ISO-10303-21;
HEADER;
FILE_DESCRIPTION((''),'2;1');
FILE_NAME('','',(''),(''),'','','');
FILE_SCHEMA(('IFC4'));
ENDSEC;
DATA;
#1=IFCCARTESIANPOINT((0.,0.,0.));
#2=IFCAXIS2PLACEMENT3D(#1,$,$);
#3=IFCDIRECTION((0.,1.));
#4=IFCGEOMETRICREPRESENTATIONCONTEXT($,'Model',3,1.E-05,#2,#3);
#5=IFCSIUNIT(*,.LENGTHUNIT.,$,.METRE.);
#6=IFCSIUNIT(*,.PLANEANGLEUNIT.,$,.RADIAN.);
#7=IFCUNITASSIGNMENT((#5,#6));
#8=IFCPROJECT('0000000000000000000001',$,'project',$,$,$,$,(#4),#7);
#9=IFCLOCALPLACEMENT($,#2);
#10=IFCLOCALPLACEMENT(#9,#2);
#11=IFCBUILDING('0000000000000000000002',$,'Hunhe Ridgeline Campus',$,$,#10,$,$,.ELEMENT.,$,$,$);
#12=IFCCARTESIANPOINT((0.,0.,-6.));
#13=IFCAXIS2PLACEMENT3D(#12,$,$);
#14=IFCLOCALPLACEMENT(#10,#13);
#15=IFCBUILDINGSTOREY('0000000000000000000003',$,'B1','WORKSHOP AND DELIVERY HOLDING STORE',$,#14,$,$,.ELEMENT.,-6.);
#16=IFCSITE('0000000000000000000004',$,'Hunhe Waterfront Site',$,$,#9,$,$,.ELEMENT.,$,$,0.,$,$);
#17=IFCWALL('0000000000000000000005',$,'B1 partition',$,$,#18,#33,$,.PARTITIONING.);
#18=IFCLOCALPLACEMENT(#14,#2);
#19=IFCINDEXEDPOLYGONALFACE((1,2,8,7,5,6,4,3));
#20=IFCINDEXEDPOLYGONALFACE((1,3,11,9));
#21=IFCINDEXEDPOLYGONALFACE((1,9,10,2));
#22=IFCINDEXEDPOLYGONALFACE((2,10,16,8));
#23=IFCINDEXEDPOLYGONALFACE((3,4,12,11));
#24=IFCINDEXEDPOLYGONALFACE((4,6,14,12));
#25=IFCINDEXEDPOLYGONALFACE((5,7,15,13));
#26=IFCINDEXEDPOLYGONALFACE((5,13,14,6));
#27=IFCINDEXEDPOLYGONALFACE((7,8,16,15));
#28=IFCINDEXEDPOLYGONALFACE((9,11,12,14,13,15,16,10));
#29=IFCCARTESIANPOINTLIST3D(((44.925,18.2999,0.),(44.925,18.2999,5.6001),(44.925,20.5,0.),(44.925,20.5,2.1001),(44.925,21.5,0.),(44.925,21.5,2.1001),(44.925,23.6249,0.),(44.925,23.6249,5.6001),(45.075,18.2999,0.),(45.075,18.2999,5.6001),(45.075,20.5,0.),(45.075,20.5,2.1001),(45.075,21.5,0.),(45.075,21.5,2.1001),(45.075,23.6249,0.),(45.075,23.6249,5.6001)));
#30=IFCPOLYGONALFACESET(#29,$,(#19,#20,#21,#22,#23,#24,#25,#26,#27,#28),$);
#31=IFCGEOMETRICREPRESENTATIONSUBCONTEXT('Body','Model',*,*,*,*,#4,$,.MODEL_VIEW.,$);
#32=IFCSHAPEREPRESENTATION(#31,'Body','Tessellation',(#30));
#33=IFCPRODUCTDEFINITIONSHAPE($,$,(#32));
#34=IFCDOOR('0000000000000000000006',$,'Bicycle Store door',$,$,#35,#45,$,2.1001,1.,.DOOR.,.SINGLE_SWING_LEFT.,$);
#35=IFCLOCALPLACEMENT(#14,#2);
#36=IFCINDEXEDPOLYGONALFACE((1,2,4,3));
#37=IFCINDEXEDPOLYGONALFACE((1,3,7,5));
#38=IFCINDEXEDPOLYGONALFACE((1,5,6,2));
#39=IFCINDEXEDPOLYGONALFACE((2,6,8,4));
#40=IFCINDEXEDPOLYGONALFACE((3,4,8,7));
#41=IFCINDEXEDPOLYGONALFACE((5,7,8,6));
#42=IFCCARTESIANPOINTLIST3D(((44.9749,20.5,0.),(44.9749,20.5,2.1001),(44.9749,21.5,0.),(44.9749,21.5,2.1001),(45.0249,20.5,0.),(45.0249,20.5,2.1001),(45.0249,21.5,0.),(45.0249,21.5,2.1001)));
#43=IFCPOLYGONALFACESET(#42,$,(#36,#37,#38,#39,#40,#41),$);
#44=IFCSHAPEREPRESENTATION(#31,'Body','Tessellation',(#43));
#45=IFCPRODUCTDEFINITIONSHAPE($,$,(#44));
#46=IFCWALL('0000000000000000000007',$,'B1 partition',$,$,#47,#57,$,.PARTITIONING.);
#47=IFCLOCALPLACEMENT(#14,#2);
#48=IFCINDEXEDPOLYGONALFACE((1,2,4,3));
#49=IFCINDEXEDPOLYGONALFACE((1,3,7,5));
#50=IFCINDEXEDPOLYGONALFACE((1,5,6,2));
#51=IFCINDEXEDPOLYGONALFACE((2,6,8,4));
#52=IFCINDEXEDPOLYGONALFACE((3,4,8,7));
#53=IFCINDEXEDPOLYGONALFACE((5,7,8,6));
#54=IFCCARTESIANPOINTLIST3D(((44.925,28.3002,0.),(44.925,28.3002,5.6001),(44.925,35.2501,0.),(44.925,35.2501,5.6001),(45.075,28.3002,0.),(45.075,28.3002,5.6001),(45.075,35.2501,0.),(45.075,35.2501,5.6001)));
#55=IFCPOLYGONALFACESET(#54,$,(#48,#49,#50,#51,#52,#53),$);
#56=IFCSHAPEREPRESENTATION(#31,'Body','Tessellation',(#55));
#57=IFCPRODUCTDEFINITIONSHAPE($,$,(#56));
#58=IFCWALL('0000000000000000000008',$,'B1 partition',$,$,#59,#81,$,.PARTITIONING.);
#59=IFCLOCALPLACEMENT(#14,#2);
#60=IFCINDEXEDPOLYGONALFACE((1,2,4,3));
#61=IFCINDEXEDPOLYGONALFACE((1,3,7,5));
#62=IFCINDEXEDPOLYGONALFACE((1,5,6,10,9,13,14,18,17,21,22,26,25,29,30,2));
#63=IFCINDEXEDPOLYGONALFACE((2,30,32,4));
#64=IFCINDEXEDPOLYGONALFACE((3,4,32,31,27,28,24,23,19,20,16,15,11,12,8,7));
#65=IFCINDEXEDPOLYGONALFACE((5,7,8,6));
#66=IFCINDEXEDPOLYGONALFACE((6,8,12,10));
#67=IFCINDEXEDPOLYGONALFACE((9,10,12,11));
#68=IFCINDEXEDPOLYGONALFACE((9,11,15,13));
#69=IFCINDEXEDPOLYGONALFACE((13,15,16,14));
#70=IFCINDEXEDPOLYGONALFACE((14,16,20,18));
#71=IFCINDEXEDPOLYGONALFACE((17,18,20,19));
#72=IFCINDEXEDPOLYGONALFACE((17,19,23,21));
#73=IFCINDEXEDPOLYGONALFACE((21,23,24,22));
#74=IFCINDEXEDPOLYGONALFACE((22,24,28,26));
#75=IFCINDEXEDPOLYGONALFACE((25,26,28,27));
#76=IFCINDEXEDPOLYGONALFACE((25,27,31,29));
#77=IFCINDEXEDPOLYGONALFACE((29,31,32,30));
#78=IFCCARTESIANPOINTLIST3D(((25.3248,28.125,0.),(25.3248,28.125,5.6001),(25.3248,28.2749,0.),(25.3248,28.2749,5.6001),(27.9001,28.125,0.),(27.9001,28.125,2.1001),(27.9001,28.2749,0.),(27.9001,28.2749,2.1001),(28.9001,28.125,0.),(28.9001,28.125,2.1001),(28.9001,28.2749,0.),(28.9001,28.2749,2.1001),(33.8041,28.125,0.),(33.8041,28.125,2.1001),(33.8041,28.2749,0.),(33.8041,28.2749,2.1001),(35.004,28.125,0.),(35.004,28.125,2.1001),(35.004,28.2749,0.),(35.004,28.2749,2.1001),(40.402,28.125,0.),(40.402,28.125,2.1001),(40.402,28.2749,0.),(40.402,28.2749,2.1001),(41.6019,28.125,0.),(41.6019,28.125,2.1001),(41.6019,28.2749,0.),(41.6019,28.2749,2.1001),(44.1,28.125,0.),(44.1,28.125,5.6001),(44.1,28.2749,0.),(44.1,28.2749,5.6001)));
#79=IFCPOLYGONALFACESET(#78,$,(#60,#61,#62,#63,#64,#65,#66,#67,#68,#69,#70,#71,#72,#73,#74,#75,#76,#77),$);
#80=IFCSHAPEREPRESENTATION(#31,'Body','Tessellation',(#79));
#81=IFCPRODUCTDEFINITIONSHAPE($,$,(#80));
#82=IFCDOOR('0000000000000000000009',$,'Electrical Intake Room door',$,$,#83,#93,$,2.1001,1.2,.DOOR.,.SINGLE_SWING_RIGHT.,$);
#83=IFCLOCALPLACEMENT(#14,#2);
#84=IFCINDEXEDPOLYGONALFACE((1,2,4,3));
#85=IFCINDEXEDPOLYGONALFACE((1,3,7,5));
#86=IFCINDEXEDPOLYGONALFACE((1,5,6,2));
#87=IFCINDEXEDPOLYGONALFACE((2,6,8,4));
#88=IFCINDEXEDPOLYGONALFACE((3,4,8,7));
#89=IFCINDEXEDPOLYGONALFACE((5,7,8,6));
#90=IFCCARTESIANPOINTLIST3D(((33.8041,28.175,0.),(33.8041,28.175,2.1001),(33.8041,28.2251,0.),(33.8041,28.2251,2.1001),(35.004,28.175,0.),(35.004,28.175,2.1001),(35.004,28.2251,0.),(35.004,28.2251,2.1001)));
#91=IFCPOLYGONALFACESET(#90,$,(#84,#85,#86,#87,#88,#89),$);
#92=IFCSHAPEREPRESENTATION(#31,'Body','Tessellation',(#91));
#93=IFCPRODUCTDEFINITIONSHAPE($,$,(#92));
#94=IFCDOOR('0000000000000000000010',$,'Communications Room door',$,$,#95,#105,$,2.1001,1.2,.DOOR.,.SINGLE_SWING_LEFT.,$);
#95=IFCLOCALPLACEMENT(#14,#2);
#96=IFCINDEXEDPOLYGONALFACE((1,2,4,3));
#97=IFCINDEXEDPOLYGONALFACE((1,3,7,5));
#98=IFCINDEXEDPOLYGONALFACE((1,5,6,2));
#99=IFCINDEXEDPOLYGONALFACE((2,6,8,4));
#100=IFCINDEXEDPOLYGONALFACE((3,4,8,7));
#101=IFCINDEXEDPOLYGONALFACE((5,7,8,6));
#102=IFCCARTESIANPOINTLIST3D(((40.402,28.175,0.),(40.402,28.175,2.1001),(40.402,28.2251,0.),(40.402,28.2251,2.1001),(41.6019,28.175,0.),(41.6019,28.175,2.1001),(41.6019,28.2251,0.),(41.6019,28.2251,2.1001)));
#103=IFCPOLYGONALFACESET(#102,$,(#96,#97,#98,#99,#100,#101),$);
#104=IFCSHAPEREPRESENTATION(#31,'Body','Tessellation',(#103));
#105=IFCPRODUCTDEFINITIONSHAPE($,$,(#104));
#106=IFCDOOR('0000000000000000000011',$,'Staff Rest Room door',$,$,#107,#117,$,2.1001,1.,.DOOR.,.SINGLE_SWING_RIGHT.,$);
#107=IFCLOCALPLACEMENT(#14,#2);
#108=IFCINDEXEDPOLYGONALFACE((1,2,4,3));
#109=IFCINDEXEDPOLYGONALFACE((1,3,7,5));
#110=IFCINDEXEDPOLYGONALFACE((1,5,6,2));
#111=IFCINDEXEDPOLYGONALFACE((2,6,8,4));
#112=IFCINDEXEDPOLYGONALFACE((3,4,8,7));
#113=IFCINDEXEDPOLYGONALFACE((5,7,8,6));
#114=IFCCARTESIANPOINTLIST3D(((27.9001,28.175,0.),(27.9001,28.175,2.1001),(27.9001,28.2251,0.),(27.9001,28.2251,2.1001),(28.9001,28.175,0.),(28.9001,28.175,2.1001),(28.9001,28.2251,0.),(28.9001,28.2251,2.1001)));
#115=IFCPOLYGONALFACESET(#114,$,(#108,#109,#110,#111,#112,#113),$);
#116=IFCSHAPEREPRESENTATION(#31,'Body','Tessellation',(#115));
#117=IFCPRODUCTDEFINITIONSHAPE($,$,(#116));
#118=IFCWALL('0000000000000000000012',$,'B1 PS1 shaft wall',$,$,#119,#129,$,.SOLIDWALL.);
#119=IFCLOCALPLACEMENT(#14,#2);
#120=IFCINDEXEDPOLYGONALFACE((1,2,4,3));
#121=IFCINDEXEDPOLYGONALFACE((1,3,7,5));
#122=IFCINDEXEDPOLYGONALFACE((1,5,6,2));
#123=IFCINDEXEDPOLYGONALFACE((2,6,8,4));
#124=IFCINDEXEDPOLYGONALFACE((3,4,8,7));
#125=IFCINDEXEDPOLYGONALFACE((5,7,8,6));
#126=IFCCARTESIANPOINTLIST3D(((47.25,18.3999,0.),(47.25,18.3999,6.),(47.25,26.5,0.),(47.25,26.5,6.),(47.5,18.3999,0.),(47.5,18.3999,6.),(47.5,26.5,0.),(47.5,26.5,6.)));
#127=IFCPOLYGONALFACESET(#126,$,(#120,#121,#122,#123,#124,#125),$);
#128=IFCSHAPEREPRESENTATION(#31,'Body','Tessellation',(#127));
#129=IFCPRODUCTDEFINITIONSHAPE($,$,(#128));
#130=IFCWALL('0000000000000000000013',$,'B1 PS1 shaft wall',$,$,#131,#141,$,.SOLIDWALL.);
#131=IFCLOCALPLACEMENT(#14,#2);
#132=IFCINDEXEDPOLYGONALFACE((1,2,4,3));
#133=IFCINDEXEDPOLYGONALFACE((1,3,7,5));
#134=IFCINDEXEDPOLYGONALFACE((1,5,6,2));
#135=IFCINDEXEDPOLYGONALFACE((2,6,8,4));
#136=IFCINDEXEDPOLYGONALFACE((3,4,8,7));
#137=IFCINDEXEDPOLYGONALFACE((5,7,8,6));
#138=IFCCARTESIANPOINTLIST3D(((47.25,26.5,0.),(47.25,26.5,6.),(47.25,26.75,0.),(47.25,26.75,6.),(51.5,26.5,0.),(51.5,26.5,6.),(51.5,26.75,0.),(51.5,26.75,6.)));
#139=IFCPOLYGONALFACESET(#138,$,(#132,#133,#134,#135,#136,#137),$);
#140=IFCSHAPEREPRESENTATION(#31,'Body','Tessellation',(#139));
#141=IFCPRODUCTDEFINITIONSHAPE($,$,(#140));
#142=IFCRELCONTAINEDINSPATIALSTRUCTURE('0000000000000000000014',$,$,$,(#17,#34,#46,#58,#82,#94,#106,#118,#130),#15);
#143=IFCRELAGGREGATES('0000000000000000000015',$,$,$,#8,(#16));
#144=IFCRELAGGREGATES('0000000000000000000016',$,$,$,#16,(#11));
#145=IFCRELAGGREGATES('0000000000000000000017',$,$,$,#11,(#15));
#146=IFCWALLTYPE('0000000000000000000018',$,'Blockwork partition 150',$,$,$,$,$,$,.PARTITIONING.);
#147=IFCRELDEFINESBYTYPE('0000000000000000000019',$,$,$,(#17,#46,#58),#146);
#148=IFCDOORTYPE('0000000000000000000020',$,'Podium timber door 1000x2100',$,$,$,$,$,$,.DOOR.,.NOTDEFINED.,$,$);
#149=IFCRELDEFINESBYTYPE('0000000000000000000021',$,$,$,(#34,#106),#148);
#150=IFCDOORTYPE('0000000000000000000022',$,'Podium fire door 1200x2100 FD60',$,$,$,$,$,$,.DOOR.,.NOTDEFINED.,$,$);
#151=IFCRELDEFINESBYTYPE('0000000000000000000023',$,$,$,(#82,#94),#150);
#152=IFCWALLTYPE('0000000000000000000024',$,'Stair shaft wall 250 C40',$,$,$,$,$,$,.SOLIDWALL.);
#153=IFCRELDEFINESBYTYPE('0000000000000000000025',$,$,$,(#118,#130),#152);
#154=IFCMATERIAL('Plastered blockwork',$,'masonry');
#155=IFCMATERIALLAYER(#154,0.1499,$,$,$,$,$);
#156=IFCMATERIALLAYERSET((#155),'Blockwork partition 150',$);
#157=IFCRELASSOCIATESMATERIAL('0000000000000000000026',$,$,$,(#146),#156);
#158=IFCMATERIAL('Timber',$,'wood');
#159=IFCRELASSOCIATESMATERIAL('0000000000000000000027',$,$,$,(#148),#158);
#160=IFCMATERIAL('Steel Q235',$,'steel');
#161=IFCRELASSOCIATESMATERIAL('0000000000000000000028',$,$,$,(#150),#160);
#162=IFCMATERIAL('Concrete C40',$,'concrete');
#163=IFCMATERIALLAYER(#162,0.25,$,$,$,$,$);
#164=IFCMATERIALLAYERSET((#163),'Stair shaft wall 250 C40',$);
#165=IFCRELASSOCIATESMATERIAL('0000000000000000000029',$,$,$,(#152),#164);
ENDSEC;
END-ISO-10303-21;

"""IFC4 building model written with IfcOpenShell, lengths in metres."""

from ifc_helpers import new_model, si_unit, direction, frame, frame_2d, origin, place, context, subcontext, project, spatial, rectangle, extrude, material, layer, layer_set, type_object, element, fill, save


model = new_model("IFC4")

# Units and contexts
model_context = context("Model", 3, precision=1e-05, world=origin(), true_north=direction((0.0, 1.0)))
body_context = subcontext(model_context, "Body", "Model", "MODEL_VIEW")
ifc_project = project(units=[si_unit("LENGTHUNIT", "METRE"), si_unit("PLANEANGLEUNIT", "RADIAN")], contexts=[model_context])

# Site, building, storey
site_placement = place(None, origin())
site = spatial("IfcSite", under=ifc_project, at=site_placement, Name="Hunhe Waterfront Site", CompositionType="ELEMENT", RefElevation=0.0)
building_placement = place(site_placement, origin())
building = spatial("IfcBuilding", under=site, at=building_placement, Name="Hunhe Ridgeline Campus", CompositionType="ELEMENT")
storey_placement = place(building_placement, frame((0.0, 0.0, -6.0)))
storey = spatial("IfcBuildingStorey", under=building, at=storey_placement, Name="B1", Description="WORKSHOP AND DELIVERY HOLDING STORE", CompositionType="ELEMENT", Elevation=-6.0)

# Wall, opening, door
ifc_material_1 = material(Name="Plastered blockwork", Category="masonry")
ifc_layer_1 = layer(ifc_material_1, 0.1499)
ifc_layer_set_1 = layer_set([ifc_layer_1], Name="Blockwork partition 150")
wall_type_1 = type_object("IfcWallType", Name="Blockwork partition 150", PredefinedType="PARTITIONING", material=ifc_layer_set_1)
wall_1_placement = place(storey_placement, frame((45.0, 23.625, 0.0), z_axis=(0.0, 0.0, 1.0), x_axis=(0.0, -1.0, 0.0)))
wall_1 = element("IfcWall", 1, at=wall_1_placement, inside=storey, type_object=wall_type_1, Name="B1 partition", PredefinedType="PARTITIONING", context=body_context, shape_type="SweptSolid", body=[
    extrude(rectangle(XDim=5.325, YDim=0.1499, at=frame_2d((2.6626, 0.0))), origin(), (0.0, 0.0, 1.0), 5.6001),
])
opening_1_placement = place(wall_1_placement, frame((2.125, 0.0, 0.0)))
opening_1 = element("IfcOpeningElement", 2, at=opening_1_placement, cuts=wall_1, PredefinedType="OPENING", context=body_context, shape_type="SweptSolid", body=[
    extrude(rectangle(XDim=1.0, YDim=2.1001, at=frame_2d((0.5, 1.05))), frame((0.0, 0.075, 0.0), z_axis=(0.0, -1.0, 0.0), x_axis=(1.0, 0.0, 0.0)), (0.0, 0.0, 1.0), 0.1499),
])
ifc_material_2 = material(Name="Timber", Category="wood")
door_type_1 = type_object("IfcDoorType", Name="Podium timber door 1000x2100", OperationType="NOTDEFINED", PredefinedType="DOOR", material=ifc_material_2)
door_1_placement = place(opening_1_placement, origin())
door_1 = element("IfcDoor", 3, at=door_1_placement, inside=storey, type_object=door_type_1, Name="Bicycle Store door", OperationType="SINGLE_SWING_LEFT", OverallHeight=2.1001, OverallWidth=1.0, PredefinedType="DOOR", context=body_context, shape_type="SweptSolid", body=[
    extrude(rectangle(XDim=1.0, YDim=2.1001, at=frame_2d((0.5, 1.05))), frame((0.0, 0.0249, 0.0), z_axis=(0.0, -1.0, 0.0), x_axis=(1.0, 0.0, 0.0)), (0.0, 0.0, 1.0), 0.05),
])
fill(opening_1, door_1)

# Wall
wall_2_placement = place(storey_placement, frame((45.0, 28.3, 0.0), z_axis=(0.0, 0.0, 1.0), x_axis=(0.0, 1.0, 0.0)))
element("IfcWall", 4, at=wall_2_placement, inside=storey, type_object=wall_type_1, Name="B1 partition", PredefinedType="PARTITIONING", context=body_context, shape_type="SweptSolid", body=[
    extrude(rectangle(XDim=6.95, YDim=0.1499, at=frame_2d((3.4751, 0.0))), origin(), (0.0, 0.0, 1.0), 5.6001),
])

# Wall, openings, doors
wall_3_placement = place(storey_placement, frame((44.1001, 28.2, 0.0), z_axis=(0.0, 0.0, 1.0), x_axis=(-1.0, 0.0, 0.0)))
wall_3 = element("IfcWall", 5, at=wall_3_placement, inside=storey, type_object=wall_type_1, Name="B1 partition", PredefinedType="PARTITIONING", context=body_context, shape_type="SweptSolid", body=[
    extrude(rectangle(XDim=18.7751, YDim=0.1499, at=frame_2d((9.3877, 0.0))), origin(), (0.0, 0.0, 1.0), 5.6001),
])
opening_2_placement = place(wall_3_placement, frame((15.2, 0.0, 0.0)))
opening_2 = element("IfcOpeningElement", 6, at=opening_2_placement, cuts=wall_3, PredefinedType="OPENING", context=body_context, shape_type="SweptSolid", body=[
    extrude(rectangle(XDim=1.0, YDim=2.1001, at=frame_2d((0.5, 1.05))), frame((0.0, 0.075, 0.0), z_axis=(0.0, -1.0, 0.0), x_axis=(1.0, 0.0, 0.0)), (0.0, 0.0, 1.0), 0.1499),
])
opening_3_placement = place(wall_3_placement, frame((9.0959, 0.0, 0.0)))
opening_3 = element("IfcOpeningElement", 7, at=opening_3_placement, cuts=wall_3, PredefinedType="OPENING", context=body_context, shape_type="SweptSolid", body=[
    extrude(rectangle(XDim=1.2, YDim=2.1001, at=frame_2d((0.6001, 1.05))), frame((0.0, 0.075, 0.0), z_axis=(0.0, -1.0, 0.0), x_axis=(1.0, 0.0, 0.0)), (0.0, 0.0, 1.0), 0.1499),
])
opening_4_placement = place(wall_3_placement, frame((2.498, 0.0, 0.0)))
opening_4 = element("IfcOpeningElement", 8, at=opening_4_placement, cuts=wall_3, PredefinedType="OPENING", context=body_context, shape_type="SweptSolid", body=[
    extrude(rectangle(XDim=1.2, YDim=2.1001, at=frame_2d((0.6001, 1.05))), frame((0.0, 0.075, 0.0), z_axis=(0.0, -1.0, 0.0), x_axis=(1.0, 0.0, 0.0)), (0.0, 0.0, 1.0), 0.1499),
])
ifc_material_3 = material(Name="Steel Q235", Category="steel")
door_type_2 = type_object("IfcDoorType", Name="Podium fire door 1200x2100 FD60", OperationType="NOTDEFINED", PredefinedType="DOOR", material=ifc_material_3)
door_2_placement = place(opening_3_placement, origin())
door_2 = element("IfcDoor", 9, at=door_2_placement, inside=storey, type_object=door_type_2, Name="Electrical Intake Room door", OperationType="SINGLE_SWING_RIGHT", OverallHeight=2.1001, OverallWidth=1.2, PredefinedType="DOOR", context=body_context, shape_type="SweptSolid", body=[
    extrude(rectangle(XDim=1.2, YDim=2.1001, at=frame_2d((0.6001, 1.05))), frame((0.0, 0.0249, 0.0), z_axis=(0.0, -1.0, 0.0), x_axis=(1.0, 0.0, 0.0)), (0.0, 0.0, 1.0), 0.05),
])
fill(opening_3, door_2)
door_3_placement = place(opening_4_placement, origin())
door_3 = element("IfcDoor", 10, at=door_3_placement, inside=storey, type_object=door_type_2, Name="Communications Room door", OperationType="SINGLE_SWING_LEFT", OverallHeight=2.1001, OverallWidth=1.2, PredefinedType="DOOR", context=body_context, shape_type="SweptSolid", body=[
    extrude(rectangle(XDim=1.2, YDim=2.1001, at=frame_2d((0.6001, 1.05))), frame((0.0, 0.0249, 0.0), z_axis=(0.0, -1.0, 0.0), x_axis=(1.0, 0.0, 0.0)), (0.0, 0.0, 1.0), 0.05),
])
fill(opening_4, door_3)
door_4_placement = place(opening_2_placement, origin())
door_4 = element("IfcDoor", 11, at=door_4_placement, inside=storey, type_object=door_type_1, Name="Staff Rest Room door", OperationType="SINGLE_SWING_RIGHT", OverallHeight=2.1001, OverallWidth=1.0, PredefinedType="DOOR", context=body_context, shape_type="SweptSolid", body=[
    extrude(rectangle(XDim=1.0, YDim=2.1001, at=frame_2d((0.5, 1.05))), frame((0.0, 0.0249, 0.0), z_axis=(0.0, -1.0, 0.0), x_axis=(1.0, 0.0, 0.0)), (0.0, 0.0, 1.0), 0.05),
])
fill(opening_2, door_4)

# Walls
ifc_material_4 = material(Name="Concrete C40", Category="concrete")
ifc_layer_2 = layer(ifc_material_4, 0.25)
ifc_layer_set_2 = layer_set([ifc_layer_2], Name="Stair shaft wall 250 C40")
wall_type_2 = type_object("IfcWallType", Name="Stair shaft wall 250 C40", PredefinedType="SOLIDWALL", material=ifc_layer_set_2)
wall_4_placement = place(storey_placement, frame((47.375, 18.3999, 0.0), z_axis=(0.0, 0.0, 1.0), x_axis=(0.0, 1.0, 0.0)))
element("IfcWall", 12, at=wall_4_placement, inside=storey, type_object=wall_type_2, Name="B1 PS1 shaft wall", PredefinedType="SOLIDWALL", context=body_context, shape_type="SweptSolid", body=[
    extrude(rectangle(XDim=8.1001, YDim=0.25, at=frame_2d((4.05, 0.0))), origin(), (0.0, 0.0, 1.0), 6.0),
])
wall_5_placement = place(storey_placement, frame((47.25, 26.625, 0.0), z_axis=(0.0, 0.0, 1.0), x_axis=(1.0, 0.0, 0.0)))
element("IfcWall", 13, at=wall_5_placement, inside=storey, type_object=wall_type_2, Name="B1 PS1 shaft wall", PredefinedType="SOLIDWALL", context=body_context, shape_type="SweptSolid", body=[
    extrude(rectangle(XDim=4.25, YDim=0.25, at=frame_2d((2.125, 0.0))), origin(), (0.0, 0.0, 1.0), 6.0),
])

save(model, "model.ifc")
